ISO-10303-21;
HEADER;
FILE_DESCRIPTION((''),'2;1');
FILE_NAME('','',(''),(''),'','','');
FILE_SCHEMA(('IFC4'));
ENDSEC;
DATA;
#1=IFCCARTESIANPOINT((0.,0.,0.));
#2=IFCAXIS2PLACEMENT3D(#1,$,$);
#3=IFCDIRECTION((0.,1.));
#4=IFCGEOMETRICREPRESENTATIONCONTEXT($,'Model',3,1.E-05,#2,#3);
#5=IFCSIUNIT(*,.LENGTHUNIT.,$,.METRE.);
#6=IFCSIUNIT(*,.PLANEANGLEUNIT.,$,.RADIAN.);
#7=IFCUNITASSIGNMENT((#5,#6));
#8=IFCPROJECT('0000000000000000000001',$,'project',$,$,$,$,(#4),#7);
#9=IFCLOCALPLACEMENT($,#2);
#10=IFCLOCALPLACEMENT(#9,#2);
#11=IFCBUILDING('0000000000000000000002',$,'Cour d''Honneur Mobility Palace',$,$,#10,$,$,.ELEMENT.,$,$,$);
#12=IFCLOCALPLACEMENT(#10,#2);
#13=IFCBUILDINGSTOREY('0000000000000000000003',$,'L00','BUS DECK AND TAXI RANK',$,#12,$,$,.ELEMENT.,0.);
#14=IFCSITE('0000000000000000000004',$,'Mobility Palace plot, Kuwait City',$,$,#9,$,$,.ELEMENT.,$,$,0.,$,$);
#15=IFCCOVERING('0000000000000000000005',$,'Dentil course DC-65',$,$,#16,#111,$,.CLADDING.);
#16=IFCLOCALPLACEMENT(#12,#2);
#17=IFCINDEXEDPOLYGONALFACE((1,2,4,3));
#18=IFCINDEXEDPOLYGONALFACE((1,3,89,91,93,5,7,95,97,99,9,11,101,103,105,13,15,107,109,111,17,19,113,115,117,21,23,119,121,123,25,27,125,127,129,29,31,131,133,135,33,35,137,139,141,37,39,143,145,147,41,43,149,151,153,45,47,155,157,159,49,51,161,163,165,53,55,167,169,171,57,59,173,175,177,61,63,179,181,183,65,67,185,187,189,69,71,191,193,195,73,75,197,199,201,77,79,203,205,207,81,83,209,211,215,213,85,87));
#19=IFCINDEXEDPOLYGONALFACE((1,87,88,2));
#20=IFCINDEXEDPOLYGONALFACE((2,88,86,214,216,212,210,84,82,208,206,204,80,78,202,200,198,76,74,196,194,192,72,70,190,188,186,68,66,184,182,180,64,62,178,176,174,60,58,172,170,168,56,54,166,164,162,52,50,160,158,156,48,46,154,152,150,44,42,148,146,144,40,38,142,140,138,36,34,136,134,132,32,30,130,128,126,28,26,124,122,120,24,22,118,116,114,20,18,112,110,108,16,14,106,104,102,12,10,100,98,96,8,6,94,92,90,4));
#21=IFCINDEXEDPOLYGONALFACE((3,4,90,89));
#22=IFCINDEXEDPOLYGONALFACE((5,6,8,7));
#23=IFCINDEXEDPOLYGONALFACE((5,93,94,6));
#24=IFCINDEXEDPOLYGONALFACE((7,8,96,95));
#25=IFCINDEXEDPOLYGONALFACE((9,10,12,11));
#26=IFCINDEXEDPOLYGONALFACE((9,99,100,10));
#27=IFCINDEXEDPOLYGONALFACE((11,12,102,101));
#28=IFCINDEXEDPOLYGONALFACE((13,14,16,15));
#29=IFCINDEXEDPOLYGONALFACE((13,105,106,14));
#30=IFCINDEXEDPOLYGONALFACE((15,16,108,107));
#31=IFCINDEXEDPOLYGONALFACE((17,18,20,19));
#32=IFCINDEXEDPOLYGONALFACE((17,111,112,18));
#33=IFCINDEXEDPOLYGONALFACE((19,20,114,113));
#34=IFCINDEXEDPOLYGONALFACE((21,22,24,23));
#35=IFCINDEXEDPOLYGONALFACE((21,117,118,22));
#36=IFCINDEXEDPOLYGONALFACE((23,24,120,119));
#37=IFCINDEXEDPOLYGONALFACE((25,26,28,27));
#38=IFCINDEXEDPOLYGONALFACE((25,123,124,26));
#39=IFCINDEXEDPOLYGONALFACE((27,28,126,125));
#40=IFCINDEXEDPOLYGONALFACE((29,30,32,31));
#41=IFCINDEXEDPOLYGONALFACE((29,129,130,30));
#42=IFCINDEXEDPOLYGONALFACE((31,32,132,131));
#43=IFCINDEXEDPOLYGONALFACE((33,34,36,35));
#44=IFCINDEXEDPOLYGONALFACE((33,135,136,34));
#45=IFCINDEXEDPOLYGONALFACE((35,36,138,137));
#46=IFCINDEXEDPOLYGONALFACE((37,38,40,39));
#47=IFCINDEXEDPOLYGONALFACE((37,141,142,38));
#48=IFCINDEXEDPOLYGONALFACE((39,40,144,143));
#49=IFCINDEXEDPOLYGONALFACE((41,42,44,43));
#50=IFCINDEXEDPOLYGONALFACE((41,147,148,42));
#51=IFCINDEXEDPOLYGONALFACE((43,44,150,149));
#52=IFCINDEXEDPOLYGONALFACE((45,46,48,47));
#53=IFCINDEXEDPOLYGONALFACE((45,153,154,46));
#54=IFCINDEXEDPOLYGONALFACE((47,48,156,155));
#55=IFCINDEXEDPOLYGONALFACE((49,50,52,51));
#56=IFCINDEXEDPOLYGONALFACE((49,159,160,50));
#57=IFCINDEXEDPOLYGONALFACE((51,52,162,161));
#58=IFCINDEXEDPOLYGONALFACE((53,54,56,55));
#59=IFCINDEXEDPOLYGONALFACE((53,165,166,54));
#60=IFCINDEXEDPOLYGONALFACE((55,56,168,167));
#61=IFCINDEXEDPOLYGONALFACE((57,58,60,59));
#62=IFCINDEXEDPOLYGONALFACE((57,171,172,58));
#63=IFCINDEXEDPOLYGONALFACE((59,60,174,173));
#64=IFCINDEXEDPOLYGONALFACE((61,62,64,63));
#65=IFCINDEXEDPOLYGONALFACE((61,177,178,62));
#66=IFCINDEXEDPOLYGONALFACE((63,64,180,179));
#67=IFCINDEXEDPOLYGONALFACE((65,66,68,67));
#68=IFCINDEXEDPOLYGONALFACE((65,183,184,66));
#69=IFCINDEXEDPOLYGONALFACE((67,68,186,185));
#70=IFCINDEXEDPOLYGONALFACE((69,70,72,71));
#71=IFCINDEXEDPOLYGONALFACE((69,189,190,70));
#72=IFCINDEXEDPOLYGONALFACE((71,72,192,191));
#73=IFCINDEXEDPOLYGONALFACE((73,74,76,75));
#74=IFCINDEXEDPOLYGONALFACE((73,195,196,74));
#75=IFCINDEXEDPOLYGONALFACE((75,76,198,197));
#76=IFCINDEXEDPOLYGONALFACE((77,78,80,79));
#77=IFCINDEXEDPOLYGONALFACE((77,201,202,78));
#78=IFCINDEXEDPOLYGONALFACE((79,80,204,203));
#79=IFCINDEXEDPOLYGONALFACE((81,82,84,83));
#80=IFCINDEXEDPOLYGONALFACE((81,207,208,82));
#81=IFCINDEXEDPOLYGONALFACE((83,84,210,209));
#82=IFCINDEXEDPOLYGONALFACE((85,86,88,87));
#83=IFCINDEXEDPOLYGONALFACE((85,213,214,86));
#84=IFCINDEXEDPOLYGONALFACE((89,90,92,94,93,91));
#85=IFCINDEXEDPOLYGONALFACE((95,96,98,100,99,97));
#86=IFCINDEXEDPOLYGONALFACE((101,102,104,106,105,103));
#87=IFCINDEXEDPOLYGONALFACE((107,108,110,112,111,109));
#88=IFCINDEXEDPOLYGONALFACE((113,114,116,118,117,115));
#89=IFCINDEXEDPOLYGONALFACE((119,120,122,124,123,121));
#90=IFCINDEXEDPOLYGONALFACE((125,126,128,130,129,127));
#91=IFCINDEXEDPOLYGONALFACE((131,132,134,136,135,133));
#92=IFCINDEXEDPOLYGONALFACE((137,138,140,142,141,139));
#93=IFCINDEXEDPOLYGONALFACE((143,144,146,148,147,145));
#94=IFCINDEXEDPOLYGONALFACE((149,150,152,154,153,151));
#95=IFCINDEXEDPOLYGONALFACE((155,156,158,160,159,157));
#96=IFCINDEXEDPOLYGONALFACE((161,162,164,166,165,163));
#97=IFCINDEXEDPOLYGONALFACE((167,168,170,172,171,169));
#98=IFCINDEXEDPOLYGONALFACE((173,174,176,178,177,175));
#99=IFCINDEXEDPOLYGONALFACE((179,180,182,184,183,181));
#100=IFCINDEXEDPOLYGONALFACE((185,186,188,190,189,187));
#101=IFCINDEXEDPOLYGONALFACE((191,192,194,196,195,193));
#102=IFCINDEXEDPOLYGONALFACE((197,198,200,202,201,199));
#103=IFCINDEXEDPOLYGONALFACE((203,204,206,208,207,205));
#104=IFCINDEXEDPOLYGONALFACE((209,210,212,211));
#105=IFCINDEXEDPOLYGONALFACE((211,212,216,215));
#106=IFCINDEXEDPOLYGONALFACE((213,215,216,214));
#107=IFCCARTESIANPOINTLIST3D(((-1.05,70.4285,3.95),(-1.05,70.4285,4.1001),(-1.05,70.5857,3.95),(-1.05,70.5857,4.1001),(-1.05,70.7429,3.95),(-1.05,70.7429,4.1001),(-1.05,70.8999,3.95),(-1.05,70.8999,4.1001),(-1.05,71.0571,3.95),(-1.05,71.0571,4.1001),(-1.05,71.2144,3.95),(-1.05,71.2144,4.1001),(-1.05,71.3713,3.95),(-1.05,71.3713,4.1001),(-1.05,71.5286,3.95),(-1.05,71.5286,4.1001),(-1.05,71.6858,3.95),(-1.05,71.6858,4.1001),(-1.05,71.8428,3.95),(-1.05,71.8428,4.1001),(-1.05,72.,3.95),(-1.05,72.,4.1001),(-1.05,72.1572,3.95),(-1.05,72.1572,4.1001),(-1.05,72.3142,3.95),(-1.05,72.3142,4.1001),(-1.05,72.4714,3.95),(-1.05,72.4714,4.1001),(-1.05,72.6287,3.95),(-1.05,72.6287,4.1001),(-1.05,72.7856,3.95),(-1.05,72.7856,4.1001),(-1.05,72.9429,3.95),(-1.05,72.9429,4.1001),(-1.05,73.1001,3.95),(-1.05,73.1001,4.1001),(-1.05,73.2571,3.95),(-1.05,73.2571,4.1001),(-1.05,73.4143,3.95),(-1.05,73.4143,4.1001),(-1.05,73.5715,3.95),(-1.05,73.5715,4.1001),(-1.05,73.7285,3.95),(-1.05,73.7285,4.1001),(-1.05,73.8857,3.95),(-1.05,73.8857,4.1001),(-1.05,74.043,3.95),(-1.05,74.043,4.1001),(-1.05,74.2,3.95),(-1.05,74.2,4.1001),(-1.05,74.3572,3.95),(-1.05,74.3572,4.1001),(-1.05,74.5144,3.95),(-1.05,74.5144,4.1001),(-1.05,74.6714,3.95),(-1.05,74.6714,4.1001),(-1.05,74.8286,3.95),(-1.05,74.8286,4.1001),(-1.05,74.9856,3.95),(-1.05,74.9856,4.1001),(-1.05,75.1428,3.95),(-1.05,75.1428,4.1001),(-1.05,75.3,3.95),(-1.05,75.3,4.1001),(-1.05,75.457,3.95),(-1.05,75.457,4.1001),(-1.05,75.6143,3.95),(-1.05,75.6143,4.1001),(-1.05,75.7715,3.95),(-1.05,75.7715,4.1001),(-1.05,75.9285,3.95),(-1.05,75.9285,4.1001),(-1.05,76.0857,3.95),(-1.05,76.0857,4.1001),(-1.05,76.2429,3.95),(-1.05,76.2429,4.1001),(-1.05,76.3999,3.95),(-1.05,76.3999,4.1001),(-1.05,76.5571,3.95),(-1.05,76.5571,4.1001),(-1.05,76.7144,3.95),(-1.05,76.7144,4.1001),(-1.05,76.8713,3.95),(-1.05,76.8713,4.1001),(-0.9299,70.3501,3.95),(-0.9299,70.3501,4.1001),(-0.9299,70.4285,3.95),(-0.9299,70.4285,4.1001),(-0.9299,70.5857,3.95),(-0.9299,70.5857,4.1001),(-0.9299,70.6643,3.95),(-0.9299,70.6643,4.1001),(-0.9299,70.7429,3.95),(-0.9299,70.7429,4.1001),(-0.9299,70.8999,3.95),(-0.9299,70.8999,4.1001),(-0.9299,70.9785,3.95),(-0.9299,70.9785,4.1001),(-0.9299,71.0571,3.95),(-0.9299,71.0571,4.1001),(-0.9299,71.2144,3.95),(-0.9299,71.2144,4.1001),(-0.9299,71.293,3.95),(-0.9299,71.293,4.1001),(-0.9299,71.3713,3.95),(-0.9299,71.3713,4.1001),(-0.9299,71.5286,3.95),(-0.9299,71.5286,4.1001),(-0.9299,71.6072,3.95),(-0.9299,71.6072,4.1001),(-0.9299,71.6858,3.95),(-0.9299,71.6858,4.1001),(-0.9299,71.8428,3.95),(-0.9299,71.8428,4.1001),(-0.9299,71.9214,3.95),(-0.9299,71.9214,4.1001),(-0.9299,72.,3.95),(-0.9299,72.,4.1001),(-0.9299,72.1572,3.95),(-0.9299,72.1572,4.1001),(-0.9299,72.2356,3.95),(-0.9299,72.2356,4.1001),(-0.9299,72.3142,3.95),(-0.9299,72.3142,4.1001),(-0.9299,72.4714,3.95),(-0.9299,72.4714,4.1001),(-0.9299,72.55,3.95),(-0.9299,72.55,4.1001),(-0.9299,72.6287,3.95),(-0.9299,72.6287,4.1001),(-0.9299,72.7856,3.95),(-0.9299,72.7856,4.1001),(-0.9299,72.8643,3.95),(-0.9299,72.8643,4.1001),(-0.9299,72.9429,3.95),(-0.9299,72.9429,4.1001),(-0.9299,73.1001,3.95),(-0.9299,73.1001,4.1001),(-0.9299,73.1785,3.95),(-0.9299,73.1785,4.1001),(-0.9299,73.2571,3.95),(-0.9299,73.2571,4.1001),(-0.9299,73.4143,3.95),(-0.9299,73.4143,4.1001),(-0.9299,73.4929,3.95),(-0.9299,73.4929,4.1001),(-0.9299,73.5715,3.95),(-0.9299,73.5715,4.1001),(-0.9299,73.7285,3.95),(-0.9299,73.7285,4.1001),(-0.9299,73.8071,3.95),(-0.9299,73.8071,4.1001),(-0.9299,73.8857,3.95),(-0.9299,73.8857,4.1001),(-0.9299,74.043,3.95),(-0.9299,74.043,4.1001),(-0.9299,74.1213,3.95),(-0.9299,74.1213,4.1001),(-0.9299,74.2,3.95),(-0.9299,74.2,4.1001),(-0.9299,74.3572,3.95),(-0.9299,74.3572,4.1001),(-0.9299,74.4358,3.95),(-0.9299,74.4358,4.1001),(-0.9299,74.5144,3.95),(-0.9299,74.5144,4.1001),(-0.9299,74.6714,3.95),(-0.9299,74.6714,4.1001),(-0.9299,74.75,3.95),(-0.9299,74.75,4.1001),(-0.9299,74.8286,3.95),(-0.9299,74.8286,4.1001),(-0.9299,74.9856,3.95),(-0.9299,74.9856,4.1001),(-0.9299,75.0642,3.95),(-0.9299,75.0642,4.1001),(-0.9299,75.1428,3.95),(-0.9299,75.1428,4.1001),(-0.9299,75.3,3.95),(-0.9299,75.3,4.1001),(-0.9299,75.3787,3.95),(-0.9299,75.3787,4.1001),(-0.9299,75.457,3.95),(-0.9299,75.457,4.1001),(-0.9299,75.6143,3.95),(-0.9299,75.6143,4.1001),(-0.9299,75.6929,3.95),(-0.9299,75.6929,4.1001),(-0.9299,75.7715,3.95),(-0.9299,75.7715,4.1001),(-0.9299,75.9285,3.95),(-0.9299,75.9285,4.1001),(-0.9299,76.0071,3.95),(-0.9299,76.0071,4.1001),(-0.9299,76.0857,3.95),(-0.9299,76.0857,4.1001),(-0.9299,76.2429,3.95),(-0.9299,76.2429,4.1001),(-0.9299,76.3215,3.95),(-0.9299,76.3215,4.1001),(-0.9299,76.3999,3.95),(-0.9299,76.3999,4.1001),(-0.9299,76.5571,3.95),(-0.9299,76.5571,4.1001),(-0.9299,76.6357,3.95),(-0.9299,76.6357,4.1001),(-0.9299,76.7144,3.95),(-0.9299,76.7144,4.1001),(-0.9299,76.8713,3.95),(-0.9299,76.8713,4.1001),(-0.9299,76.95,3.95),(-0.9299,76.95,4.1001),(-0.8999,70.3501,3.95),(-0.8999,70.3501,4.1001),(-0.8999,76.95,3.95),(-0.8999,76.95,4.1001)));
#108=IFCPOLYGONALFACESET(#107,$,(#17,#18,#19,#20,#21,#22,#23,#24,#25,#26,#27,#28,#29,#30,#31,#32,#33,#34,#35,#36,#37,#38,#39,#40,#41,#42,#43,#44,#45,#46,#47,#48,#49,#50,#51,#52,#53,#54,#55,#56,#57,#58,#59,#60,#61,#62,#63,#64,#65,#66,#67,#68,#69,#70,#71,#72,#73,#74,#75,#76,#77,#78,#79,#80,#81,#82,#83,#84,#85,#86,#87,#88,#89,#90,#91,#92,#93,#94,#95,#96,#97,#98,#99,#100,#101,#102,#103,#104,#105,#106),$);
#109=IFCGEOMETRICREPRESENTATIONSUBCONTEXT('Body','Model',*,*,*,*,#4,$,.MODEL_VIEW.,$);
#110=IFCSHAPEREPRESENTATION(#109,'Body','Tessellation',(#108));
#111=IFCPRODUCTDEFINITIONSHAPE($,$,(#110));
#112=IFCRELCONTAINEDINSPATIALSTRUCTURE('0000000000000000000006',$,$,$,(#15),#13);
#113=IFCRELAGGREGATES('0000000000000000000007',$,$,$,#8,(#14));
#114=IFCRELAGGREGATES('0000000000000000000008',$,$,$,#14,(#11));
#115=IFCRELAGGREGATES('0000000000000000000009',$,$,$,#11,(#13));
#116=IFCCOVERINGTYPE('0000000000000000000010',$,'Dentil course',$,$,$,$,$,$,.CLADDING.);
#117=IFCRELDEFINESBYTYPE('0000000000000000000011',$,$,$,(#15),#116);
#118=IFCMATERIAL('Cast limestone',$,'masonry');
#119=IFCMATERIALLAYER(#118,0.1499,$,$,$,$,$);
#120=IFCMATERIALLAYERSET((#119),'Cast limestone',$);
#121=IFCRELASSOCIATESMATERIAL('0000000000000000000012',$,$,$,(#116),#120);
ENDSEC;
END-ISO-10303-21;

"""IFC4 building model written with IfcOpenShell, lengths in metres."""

from ifc_helpers import new_model, si_unit, direction, frame, origin, place, context, subcontext, project, spatial, polyline, outline, extrude, material, layer, layer_set, type_object, element, save


model = new_model("IFC4")

# Units and contexts
model_context = context("Model", 3, precision=1e-05, world=origin(), true_north=direction((0.0, 1.0)))
body_context = subcontext(model_context, "Body", "Model", "MODEL_VIEW")
ifc_project = project(units=[si_unit("LENGTHUNIT", "METRE"), si_unit("PLANEANGLEUNIT", "RADIAN")], contexts=[model_context])

# Site, building, storey
site_placement = place(None, origin())
site = spatial("IfcSite", under=ifc_project, at=site_placement, Name="Mobility Palace plot, Kuwait City", CompositionType="ELEMENT", RefElevation=0.0)
building_placement = place(site_placement, origin())
building = spatial("IfcBuilding", under=site, at=building_placement, Name="Cour d'Honneur Mobility Palace", CompositionType="ELEMENT")
storey_placement = place(building_placement, origin())
storey = spatial("IfcBuildingStorey", under=building, at=storey_placement, Name="L00", Description="BUS DECK AND TAXI RANK", CompositionType="ELEMENT", Elevation=0.0)

# Covering
ifc_material = material(Name="Cast limestone", Category="masonry")
ifc_layer = layer(ifc_material, 0.1499)
ifc_layer_set = layer_set([ifc_layer], Name="Cast limestone")
covering_type = type_object("IfcCoveringType", Name="Dentil course", PredefinedType="CLADDING", material=ifc_layer_set)
covering_1_placement = place(storey_placement, frame((0.0, 0.0, 3.95)))
element("IfcCovering", 1, at=covering_1_placement, inside=storey, type_object=covering_type, Name="Dentil course DC-65", PredefinedType="CLADDING", context=body_context, shape_type="SweptSolid", body=[
    extrude(outline(polyline([(-0.8999, 76.95), (-0.8999, 70.3501), (-0.9299, 70.3501), (-0.9299, 70.3501), (-0.9299, 70.4285), (-1.05, 70.4285), (-1.05, 70.5857), (-0.9299, 70.5857), (-0.9299, 70.6643), (-0.9299, 70.6643), (-0.9299, 70.7429), (-1.05, 70.7429), (-1.05, 70.8999), (-0.9299, 70.8999), (-0.9299, 70.9785), (-0.9299, 70.9785), (-0.9299, 71.0571), (-1.05, 71.0571), (-1.05, 71.2144), (-0.9299, 71.2144), (-0.9299, 71.293), (-0.9299, 71.293), (-0.9299, 71.3713), (-1.05, 71.3713), (-1.05, 71.5286), (-0.9299, 71.5286), (-0.9299, 71.6072), (-0.9299, 71.6072), (-0.9299, 71.6858), (-1.05, 71.6858), (-1.05, 71.8428), (-0.9299, 71.8428), (-0.9299, 71.9214), (-0.9299, 71.9214), (-0.9299, 72.0), (-1.05, 72.0), (-1.05, 72.1572), (-0.9299, 72.1572), (-0.9299, 72.2356), (-0.9299, 72.2356), (-0.9299, 72.3142), (-1.05, 72.3142), (-1.05, 72.4714), (-0.9299, 72.4714), (-0.9299, 72.55), (-0.9299, 72.55), (-0.9299, 72.6287), (-1.05, 72.6287), (-1.05, 72.7856), (-0.9299, 72.7856), (-0.9299, 72.8643), (-0.9299, 72.8643), (-0.9299, 72.9429), (-1.05, 72.9429), (-1.05, 73.1001), (-0.9299, 73.1001), (-0.9299, 73.1785), (-0.9299, 73.1785), (-0.9299, 73.2571), (-1.05, 73.2571), (-1.05, 73.4143), (-0.9299, 73.4143), (-0.9299, 73.4929), (-0.9299, 73.4929), (-0.9299, 73.5715), (-1.05, 73.5715), (-1.05, 73.7285), (-0.9299, 73.7285), (-0.9299, 73.8071), (-0.9299, 73.8071), (-0.9299, 73.8857), (-1.05, 73.8857), (-1.05, 74.043), (-0.9299, 74.043), (-0.9299, 74.1213), (-0.9299, 74.1213), (-0.9299, 74.2), (-1.05, 74.2), (-1.05, 74.3572), (-0.9299, 74.3572), (-0.9299, 74.4358), (-0.9299, 74.4358), (-0.9299, 74.5144), (-1.05, 74.5144), (-1.05, 74.6714), (-0.9299, 74.6714), (-0.9299, 74.75), (-0.9299, 74.75), (-0.9299, 74.8286), (-1.05, 74.8286), (-1.05, 74.9856), (-0.9299, 74.9856), (-0.9299, 75.0642), (-0.9299, 75.0642), (-0.9299, 75.1428), (-1.05, 75.1428), (-1.05, 75.3), (-0.9299, 75.3), (-0.9299, 75.3787), (-0.9299, 75.3787), (-0.9299, 75.457), (-1.05, 75.457), (-1.05, 75.6143), (-0.9299, 75.6143), (-0.9299, 75.6929), (-0.9299, 75.6929), (-0.9299, 75.7715), (-1.05, 75.7715), (-1.05, 75.9285), (-0.9299, 75.9285), (-0.9299, 76.0071), (-0.9299, 76.0071), (-0.9299, 76.0857), (-1.05, 76.0857), (-1.05, 76.2429), (-0.9299, 76.2429), (-0.9299, 76.3215), (-0.9299, 76.3215), (-0.9299, 76.3999), (-1.05, 76.3999), (-1.05, 76.5571), (-0.9299, 76.5571), (-0.9299, 76.6357), (-0.9299, 76.6357), (-0.9299, 76.7144), (-1.05, 76.7144), (-1.05, 76.8713), (-0.9299, 76.8713), (-0.9299, 76.95), (-0.8999, 76.95)])), origin(), (0.0, 0.0, 1.0), 0.1501),
])

save(model, "model.ifc")
